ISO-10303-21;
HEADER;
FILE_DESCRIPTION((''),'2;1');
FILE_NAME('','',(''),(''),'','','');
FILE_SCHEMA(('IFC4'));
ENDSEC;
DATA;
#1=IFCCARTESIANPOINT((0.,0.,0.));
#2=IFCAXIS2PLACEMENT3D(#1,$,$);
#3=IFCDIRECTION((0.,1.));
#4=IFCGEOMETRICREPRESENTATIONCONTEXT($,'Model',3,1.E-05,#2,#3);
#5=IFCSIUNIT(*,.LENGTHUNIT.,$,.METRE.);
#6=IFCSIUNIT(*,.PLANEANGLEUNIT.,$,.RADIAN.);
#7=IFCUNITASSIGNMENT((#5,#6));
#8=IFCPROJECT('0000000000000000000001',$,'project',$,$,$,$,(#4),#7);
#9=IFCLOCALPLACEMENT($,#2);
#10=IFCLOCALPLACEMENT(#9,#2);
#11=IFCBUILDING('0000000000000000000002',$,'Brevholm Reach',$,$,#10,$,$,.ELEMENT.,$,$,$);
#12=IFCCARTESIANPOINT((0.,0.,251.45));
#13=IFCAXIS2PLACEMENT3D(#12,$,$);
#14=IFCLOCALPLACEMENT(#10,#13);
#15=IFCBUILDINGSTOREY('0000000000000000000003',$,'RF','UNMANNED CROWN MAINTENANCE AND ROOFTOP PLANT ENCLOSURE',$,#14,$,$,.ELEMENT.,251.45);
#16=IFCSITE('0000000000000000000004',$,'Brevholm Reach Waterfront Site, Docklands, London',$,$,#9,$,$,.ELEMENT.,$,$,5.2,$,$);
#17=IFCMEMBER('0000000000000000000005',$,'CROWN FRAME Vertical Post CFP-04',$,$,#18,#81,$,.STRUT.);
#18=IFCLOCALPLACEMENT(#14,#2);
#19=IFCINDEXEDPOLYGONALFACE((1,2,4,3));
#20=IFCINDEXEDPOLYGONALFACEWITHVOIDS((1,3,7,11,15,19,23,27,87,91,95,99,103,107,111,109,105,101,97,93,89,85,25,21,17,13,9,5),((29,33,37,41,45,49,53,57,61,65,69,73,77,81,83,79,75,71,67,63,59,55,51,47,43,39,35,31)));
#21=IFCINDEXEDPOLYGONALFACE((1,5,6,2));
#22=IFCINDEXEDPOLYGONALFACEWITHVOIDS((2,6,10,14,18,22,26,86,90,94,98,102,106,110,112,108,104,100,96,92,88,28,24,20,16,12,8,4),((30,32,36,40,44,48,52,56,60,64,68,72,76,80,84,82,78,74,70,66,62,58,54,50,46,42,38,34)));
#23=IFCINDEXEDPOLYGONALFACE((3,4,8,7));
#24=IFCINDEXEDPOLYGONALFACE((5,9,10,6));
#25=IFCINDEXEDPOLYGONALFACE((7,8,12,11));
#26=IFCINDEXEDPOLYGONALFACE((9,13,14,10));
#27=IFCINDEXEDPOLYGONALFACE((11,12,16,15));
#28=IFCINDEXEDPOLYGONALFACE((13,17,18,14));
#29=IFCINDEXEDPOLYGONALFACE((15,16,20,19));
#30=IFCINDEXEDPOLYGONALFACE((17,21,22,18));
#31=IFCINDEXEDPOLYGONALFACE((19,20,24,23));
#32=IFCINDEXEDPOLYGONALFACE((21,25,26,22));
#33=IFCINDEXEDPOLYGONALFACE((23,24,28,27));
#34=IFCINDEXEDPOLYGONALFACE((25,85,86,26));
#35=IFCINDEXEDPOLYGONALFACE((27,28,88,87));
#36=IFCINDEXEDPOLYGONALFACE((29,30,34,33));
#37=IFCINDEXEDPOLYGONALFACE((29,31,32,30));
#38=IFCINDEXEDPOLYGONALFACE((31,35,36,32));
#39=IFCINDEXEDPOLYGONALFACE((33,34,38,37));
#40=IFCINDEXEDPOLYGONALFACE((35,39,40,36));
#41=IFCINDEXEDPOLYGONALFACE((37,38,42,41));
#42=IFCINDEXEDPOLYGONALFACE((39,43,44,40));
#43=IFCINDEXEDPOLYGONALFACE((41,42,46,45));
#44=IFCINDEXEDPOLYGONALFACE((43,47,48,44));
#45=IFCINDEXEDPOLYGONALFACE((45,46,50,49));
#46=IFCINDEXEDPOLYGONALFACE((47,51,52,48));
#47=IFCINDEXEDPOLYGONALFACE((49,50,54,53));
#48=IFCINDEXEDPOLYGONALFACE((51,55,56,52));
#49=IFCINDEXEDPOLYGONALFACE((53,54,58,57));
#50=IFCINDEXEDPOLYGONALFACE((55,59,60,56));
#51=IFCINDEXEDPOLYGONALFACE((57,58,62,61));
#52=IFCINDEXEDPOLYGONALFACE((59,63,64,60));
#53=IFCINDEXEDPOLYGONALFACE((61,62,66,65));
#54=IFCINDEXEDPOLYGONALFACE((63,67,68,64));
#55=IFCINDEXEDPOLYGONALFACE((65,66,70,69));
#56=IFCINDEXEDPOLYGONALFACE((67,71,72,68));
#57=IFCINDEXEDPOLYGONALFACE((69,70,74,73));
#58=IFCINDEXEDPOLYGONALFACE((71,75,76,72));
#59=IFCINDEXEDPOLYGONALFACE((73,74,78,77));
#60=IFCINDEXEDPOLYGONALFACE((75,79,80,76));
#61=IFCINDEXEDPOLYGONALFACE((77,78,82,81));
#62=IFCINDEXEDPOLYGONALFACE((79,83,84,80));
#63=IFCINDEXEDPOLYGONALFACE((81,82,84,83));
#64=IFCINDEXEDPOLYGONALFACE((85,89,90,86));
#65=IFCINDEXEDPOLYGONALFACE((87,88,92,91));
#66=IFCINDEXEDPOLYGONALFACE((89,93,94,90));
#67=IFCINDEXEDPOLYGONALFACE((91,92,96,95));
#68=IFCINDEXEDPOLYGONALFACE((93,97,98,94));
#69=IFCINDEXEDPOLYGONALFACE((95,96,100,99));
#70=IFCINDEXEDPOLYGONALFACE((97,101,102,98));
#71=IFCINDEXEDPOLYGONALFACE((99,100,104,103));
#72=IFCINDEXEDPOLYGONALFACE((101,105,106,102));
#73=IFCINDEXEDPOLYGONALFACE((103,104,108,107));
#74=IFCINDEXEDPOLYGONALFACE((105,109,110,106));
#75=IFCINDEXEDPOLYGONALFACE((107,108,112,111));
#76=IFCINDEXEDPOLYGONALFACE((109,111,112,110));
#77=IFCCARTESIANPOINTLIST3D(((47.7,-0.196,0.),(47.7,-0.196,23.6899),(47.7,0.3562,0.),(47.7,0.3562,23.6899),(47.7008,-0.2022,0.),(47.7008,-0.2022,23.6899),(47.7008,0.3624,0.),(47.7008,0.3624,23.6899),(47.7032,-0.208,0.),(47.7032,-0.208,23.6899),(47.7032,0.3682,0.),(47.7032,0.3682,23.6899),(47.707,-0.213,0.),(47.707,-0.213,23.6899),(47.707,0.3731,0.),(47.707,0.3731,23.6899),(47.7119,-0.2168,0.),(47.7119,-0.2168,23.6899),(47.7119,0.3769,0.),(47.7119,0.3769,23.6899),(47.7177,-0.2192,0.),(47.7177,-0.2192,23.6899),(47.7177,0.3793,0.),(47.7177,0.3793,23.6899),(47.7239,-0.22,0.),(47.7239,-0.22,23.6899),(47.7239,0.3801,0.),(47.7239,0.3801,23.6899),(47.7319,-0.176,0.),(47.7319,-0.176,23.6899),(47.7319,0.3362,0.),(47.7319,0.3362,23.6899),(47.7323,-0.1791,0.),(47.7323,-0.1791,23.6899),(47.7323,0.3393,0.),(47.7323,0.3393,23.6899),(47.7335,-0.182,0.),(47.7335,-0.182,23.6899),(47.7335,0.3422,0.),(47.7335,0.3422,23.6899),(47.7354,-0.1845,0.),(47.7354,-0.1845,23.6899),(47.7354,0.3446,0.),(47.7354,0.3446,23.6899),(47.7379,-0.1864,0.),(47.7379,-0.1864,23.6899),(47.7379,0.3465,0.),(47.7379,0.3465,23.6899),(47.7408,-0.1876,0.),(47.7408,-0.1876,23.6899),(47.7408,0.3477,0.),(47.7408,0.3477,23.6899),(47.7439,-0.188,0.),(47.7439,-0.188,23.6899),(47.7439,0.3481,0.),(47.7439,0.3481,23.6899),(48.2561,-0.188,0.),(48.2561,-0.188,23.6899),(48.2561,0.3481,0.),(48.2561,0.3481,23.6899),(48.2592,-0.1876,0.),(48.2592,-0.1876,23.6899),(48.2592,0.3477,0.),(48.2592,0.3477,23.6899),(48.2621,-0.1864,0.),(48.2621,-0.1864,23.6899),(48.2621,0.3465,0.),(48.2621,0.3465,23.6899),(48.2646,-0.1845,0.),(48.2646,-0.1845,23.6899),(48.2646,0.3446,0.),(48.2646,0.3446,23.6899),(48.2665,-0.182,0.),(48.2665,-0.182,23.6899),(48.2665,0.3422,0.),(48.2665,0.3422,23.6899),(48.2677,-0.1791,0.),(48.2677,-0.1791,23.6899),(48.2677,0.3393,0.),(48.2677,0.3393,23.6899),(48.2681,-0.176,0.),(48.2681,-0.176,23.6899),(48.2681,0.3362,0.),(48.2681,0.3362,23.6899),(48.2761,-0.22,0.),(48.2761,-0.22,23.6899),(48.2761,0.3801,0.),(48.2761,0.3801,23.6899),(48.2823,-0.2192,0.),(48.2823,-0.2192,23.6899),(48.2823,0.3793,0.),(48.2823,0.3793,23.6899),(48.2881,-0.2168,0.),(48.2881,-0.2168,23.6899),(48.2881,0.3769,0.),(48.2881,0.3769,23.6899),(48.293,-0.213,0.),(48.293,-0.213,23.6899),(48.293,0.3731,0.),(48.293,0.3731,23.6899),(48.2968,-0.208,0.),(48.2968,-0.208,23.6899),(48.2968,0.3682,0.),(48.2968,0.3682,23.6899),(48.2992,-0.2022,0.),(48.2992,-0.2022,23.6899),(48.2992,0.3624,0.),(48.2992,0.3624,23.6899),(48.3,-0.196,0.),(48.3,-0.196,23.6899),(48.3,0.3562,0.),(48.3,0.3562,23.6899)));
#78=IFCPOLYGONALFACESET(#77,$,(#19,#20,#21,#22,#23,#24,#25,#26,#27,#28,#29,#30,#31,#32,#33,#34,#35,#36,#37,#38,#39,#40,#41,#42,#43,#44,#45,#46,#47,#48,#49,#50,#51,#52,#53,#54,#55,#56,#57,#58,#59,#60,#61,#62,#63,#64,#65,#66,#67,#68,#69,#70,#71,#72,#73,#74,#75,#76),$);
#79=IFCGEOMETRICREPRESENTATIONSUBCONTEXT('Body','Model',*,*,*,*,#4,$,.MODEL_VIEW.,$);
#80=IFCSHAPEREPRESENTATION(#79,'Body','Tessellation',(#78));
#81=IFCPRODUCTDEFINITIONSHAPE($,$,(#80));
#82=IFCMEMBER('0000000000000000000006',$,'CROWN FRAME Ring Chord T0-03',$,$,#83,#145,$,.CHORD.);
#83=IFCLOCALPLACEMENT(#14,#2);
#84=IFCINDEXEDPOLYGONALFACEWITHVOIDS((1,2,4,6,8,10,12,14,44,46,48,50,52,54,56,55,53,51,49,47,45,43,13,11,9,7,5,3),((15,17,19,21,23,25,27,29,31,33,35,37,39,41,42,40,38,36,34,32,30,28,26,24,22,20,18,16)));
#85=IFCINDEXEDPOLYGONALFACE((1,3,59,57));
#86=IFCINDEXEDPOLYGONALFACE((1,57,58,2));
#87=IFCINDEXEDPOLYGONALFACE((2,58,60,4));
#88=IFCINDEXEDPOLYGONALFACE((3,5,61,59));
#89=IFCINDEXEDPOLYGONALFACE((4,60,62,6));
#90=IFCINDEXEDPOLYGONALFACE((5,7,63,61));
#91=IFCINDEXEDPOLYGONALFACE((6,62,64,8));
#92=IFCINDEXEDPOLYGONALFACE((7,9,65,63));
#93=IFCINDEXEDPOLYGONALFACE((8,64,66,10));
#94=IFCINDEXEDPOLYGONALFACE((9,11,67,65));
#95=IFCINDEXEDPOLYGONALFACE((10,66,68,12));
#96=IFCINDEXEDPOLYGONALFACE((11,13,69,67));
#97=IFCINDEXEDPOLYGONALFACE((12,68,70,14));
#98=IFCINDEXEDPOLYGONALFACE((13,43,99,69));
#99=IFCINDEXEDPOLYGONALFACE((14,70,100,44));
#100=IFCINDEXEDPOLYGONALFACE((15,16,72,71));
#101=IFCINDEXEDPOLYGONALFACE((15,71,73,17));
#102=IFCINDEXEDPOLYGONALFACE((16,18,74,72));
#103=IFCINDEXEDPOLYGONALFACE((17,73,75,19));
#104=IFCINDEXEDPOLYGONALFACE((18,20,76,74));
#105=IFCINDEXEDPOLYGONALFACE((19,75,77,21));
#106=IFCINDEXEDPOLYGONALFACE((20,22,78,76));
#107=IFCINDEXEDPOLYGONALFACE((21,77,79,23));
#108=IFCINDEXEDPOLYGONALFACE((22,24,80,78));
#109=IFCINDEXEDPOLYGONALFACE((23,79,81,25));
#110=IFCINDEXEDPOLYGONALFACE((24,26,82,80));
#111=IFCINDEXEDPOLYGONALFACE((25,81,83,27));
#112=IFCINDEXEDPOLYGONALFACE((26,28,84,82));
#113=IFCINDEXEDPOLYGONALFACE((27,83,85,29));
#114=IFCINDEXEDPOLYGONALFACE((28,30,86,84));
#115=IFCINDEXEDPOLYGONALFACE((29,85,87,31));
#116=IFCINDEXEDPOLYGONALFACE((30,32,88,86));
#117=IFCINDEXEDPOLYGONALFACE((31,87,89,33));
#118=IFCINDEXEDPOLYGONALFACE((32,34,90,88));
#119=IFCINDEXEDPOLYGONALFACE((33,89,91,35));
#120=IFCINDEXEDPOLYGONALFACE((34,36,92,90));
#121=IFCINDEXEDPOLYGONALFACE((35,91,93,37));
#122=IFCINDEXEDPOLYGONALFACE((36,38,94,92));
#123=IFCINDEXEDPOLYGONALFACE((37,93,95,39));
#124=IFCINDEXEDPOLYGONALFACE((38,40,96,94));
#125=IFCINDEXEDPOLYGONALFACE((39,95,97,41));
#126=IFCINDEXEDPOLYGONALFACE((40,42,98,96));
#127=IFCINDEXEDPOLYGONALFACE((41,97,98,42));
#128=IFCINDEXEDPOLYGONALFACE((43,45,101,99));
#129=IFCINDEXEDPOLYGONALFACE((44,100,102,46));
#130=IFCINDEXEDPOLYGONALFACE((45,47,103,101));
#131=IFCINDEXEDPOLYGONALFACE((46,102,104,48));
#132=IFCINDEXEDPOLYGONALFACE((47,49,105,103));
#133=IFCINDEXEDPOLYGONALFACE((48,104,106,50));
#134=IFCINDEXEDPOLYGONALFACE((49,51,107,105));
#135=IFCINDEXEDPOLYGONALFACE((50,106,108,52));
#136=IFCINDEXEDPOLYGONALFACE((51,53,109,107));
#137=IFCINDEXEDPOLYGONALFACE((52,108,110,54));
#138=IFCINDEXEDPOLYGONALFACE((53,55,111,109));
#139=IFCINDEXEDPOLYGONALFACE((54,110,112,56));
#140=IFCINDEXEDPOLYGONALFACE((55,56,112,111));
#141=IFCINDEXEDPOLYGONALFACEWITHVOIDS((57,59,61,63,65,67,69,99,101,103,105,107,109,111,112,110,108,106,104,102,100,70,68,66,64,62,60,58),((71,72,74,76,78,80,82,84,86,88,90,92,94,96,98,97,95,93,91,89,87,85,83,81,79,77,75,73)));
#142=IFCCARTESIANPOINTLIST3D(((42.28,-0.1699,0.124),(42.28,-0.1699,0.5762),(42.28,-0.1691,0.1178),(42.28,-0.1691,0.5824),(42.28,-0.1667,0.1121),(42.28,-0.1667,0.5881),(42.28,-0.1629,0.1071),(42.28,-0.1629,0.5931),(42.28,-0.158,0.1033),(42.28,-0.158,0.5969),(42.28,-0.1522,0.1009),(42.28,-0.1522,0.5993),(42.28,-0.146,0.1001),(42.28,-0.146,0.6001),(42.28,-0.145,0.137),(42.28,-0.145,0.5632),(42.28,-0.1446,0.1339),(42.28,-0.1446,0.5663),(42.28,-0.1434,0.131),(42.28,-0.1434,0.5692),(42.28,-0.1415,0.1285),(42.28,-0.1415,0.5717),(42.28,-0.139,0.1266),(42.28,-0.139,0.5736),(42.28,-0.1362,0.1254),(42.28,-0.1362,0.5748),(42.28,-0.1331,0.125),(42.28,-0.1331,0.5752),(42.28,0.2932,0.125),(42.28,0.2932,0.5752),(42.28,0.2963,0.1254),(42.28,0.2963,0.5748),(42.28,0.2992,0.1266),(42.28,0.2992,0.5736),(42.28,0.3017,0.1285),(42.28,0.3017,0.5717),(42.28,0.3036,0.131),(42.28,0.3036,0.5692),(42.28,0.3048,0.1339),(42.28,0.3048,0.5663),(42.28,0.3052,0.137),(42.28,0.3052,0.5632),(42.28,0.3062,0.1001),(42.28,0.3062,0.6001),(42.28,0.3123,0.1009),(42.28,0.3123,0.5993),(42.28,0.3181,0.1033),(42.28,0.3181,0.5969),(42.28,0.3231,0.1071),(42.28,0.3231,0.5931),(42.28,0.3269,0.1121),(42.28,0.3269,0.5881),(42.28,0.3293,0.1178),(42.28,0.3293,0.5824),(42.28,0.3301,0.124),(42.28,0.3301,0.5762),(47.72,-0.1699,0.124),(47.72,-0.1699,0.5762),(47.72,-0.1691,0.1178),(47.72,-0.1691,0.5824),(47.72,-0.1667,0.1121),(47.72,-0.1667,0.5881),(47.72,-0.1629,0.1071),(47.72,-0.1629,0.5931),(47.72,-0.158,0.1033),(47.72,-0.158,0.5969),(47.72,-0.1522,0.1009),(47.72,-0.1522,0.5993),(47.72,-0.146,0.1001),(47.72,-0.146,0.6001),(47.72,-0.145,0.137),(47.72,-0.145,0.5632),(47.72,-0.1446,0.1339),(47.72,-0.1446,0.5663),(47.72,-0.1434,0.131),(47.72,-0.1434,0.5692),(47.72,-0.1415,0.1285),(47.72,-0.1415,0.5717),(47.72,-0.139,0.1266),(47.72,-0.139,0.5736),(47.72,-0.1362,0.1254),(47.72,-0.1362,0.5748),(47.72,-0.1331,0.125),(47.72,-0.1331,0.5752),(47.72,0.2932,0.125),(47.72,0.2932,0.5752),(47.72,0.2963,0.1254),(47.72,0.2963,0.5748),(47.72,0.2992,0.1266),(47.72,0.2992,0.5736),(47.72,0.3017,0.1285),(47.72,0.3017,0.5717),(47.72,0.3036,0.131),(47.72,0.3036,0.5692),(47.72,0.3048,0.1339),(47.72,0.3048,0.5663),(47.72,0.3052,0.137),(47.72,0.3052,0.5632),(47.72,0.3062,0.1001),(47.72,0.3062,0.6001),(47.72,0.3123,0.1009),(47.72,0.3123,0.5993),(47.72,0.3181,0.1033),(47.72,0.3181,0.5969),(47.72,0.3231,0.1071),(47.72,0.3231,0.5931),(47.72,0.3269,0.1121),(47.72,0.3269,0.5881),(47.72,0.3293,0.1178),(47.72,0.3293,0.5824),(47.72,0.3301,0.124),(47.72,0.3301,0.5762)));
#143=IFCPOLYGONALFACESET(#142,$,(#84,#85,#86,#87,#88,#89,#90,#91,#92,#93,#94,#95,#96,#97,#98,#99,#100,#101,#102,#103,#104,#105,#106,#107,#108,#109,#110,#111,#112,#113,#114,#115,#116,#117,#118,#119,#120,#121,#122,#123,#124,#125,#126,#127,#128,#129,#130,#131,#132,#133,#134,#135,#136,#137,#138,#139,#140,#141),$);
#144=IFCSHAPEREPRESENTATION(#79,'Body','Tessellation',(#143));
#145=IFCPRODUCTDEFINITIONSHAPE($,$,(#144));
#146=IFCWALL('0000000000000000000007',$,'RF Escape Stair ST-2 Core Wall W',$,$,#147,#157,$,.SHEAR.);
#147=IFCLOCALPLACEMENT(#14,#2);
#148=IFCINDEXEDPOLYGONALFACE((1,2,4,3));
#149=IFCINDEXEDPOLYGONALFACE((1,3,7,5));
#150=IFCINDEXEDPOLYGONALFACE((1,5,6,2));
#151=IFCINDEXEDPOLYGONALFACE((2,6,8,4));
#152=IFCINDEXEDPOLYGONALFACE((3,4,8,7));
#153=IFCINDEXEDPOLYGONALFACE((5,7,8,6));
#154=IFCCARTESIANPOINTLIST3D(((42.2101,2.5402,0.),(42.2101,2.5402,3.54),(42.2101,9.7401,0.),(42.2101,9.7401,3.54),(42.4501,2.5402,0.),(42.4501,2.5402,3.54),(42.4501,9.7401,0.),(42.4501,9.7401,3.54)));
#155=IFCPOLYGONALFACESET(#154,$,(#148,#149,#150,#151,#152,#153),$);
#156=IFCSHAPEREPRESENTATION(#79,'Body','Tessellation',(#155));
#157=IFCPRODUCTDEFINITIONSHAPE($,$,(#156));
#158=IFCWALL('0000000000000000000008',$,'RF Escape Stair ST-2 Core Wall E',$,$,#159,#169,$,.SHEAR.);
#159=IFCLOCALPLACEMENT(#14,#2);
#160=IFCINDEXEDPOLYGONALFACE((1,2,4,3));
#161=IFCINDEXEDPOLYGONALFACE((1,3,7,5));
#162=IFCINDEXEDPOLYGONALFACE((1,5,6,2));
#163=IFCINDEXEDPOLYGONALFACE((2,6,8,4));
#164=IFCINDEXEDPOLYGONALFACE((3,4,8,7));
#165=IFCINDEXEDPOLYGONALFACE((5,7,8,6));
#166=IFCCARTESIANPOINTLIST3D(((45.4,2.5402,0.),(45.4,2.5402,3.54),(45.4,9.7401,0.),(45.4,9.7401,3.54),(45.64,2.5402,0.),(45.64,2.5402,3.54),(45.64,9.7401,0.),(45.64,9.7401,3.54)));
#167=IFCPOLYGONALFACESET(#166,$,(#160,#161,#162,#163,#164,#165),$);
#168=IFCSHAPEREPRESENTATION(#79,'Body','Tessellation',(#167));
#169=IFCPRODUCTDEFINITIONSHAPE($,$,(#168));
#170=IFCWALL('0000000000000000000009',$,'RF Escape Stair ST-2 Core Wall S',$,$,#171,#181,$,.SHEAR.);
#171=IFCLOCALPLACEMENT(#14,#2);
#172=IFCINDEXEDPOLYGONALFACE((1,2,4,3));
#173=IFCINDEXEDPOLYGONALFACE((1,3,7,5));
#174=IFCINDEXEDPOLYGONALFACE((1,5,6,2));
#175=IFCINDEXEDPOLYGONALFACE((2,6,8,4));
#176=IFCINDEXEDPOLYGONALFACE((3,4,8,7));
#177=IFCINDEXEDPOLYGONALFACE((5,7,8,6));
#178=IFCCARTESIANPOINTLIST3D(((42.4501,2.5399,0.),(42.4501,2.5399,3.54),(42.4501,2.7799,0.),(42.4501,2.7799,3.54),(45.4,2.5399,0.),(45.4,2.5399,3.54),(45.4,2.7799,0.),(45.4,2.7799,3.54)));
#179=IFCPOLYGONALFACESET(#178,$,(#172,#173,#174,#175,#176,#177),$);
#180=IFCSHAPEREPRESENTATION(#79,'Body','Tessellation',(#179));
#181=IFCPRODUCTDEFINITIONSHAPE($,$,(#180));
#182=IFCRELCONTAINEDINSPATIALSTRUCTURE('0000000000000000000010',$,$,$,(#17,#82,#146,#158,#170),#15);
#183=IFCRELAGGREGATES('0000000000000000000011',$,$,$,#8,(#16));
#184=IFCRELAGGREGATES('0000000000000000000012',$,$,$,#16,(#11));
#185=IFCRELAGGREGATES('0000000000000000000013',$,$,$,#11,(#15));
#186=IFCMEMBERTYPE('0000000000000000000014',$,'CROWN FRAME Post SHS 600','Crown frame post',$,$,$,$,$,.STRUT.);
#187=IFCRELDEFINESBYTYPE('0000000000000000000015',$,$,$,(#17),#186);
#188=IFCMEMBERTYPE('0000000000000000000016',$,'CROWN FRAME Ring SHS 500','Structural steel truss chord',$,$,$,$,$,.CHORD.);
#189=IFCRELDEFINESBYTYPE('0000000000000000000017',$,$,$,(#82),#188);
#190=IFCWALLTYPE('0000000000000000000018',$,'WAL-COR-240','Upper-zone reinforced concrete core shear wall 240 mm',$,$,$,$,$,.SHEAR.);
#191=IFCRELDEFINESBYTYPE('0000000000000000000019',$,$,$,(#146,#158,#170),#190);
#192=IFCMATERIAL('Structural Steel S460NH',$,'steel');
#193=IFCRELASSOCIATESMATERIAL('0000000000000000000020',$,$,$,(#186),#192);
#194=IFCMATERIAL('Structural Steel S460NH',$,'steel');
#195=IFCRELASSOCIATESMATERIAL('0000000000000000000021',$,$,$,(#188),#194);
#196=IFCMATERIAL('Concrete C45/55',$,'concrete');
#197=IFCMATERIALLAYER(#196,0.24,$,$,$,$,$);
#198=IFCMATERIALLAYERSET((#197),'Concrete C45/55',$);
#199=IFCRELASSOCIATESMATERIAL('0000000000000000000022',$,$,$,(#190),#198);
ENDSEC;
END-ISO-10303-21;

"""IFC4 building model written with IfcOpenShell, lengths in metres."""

from ifc_helpers import new_model, si_unit, direction, frame, frame_2d, origin, origin_2d, place, context, subcontext, project, spatial, rectangle, hollow_rectangle, extrude, material, layer, layer_set, material_profile, profile_set, type_object, element, save


model = new_model("IFC4")

# Units and contexts
model_context = context("Model", 3, precision=1e-05, world=origin(), true_north=direction((0.0, 1.0)))
body_context = subcontext(model_context, "Body", "Model", "MODEL_VIEW")
ifc_project = project(units=[si_unit("LENGTHUNIT", "METRE"), si_unit("PLANEANGLEUNIT", "RADIAN")], contexts=[model_context])

# Site, building, storey
site_placement = place(None, origin())
site = spatial("IfcSite", under=ifc_project, at=site_placement, Name="Brevholm Reach Waterfront Site, Docklands, London", CompositionType="ELEMENT", RefElevation=5.2)
building_placement = place(site_placement, origin())
building = spatial("IfcBuilding", under=site, at=building_placement, Name="Brevholm Reach", CompositionType="ELEMENT")
storey_placement = place(building_placement, frame((0.0, 0.0, 251.45)))
storey = spatial("IfcBuildingStorey", under=building, at=storey_placement, Name="RF", Description="UNMANNED CROWN MAINTENANCE AND ROOFTOP PLANT ENCLOSURE", CompositionType="ELEMENT", Elevation=251.45)

# Members
ifc_material_1 = material(Name="Structural Steel S460NH", Category="steel")
ifc_material_profile_1 = material_profile(ifc_material_1, hollow_rectangle(XDim=0.6001, YDim=0.6001, WallThickness=0.032, InnerFilletRadius=0.012, OuterFilletRadius=0.0239, at=origin_2d()), Name="SHS 600x600x32")
ifc_profile_set_1 = profile_set([ifc_material_profile_1], Name="Structural Steel S460NH")
member_type_1 = type_object("IfcMemberType", Name="CROWN FRAME Post SHS 600", Description="Crown frame post", PredefinedType="STRUT", material=ifc_profile_set_1)
member_1_placement = place(storey_placement, frame((48.0, 0.0801, 0.0), z_axis=(0.0, 0.0, 1.0), x_axis=(1.0, 0.0, 0.0)))
element("IfcMember", 1, at=member_1_placement, inside=storey, type_object=member_type_1, Name="CROWN FRAME Vertical Post CFP-04", PredefinedType="STRUT", context=body_context, shape_type="SweptSolid", body=[
    extrude(hollow_rectangle(XDim=0.6001, YDim=0.6001, WallThickness=0.032, InnerFilletRadius=0.012, OuterFilletRadius=0.0239, at=origin_2d()), origin(), (0.0, 0.0, 1.0), 23.6899),
])
ifc_material_2 = material(Name="Structural Steel S460NH", Category="steel")
ifc_material_profile_2 = material_profile(ifc_material_2, hollow_rectangle(XDim=0.5, YDim=0.5, WallThickness=0.0249, InnerFilletRadius=0.012, OuterFilletRadius=0.0239, at=origin_2d()), Name="SHS 500x500x25")
ifc_profile_set_2 = profile_set([ifc_material_profile_2], Name="Structural Steel S460NH")
member_type_2 = type_object("IfcMemberType", Name="CROWN FRAME Ring SHS 500", Description="Structural steel truss chord", PredefinedType="CHORD", material=ifc_profile_set_2)
member_2_placement = place(storey_placement, frame((42.28, 0.0801, 0.3501), z_axis=(1.0, 0.0, 0.0), x_axis=(0.0, 1.0, 0.0)))
element("IfcMember", 2, at=member_2_placement, inside=storey, type_object=member_type_2, Name="CROWN FRAME Ring Chord T0-03", PredefinedType="CHORD", context=body_context, shape_type="SweptSolid", body=[
    extrude(hollow_rectangle(XDim=0.5, YDim=0.5, WallThickness=0.0249, InnerFilletRadius=0.012, OuterFilletRadius=0.0239, at=origin_2d()), origin(), (0.0, 0.0, 1.0), 5.4399),
])

# Walls
ifc_material_3 = material(Name="Concrete C45/55", Category="concrete")
ifc_layer_1 = layer(ifc_material_3, 0.24)
ifc_layer_set_1 = layer_set([ifc_layer_1], Name="Concrete C45/55")
wall_type_1 = type_object("IfcWallType", Name="WAL-COR-240", Description="Upper-zone reinforced concrete core shear wall 240 mm", PredefinedType="SHEAR", material=ifc_layer_set_1)
for number, where, z_axis, x_axis, name in (
    (3, (42.3301, 2.54, 0.0), (0.0, 0.0, 1.0), (0.0, 1.0, 0.0), "RF Escape Stair ST-2 Core Wall W"),
    (4, (45.52, 2.54, 0.0), (0.0, 0.0, 1.0), (0.0, 1.0, 0.0), "RF Escape Stair ST-2 Core Wall E"),
):
    element("IfcWall", number, at=place(storey_placement, frame(where, z_axis=z_axis, x_axis=x_axis)), inside=storey, type_object=wall_type_1, Name=name, PredefinedType="SHEAR", context=body_context, shape_type="SweptSolid", body=[
        extrude(rectangle(XDim=7.2, YDim=0.24, at=frame_2d((3.6001, 0.0))), origin(), (0.0, 0.0, 1.0), 3.54),
    ])
wall_1_placement = place(storey_placement, frame((42.45, 2.6599, 0.0), z_axis=(0.0, 0.0, 1.0), x_axis=(1.0, 0.0, 0.0)))
element("IfcWall", 5, at=wall_1_placement, inside=storey, type_object=wall_type_1, Name="RF Escape Stair ST-2 Core Wall S", PredefinedType="SHEAR", context=body_context, shape_type="SweptSolid", body=[
    extrude(rectangle(XDim=2.95, YDim=0.24, at=frame_2d((1.4751, 0.0))), origin(), (0.0, 0.0, 1.0), 3.54),
])

save(model, "model.ifc")
